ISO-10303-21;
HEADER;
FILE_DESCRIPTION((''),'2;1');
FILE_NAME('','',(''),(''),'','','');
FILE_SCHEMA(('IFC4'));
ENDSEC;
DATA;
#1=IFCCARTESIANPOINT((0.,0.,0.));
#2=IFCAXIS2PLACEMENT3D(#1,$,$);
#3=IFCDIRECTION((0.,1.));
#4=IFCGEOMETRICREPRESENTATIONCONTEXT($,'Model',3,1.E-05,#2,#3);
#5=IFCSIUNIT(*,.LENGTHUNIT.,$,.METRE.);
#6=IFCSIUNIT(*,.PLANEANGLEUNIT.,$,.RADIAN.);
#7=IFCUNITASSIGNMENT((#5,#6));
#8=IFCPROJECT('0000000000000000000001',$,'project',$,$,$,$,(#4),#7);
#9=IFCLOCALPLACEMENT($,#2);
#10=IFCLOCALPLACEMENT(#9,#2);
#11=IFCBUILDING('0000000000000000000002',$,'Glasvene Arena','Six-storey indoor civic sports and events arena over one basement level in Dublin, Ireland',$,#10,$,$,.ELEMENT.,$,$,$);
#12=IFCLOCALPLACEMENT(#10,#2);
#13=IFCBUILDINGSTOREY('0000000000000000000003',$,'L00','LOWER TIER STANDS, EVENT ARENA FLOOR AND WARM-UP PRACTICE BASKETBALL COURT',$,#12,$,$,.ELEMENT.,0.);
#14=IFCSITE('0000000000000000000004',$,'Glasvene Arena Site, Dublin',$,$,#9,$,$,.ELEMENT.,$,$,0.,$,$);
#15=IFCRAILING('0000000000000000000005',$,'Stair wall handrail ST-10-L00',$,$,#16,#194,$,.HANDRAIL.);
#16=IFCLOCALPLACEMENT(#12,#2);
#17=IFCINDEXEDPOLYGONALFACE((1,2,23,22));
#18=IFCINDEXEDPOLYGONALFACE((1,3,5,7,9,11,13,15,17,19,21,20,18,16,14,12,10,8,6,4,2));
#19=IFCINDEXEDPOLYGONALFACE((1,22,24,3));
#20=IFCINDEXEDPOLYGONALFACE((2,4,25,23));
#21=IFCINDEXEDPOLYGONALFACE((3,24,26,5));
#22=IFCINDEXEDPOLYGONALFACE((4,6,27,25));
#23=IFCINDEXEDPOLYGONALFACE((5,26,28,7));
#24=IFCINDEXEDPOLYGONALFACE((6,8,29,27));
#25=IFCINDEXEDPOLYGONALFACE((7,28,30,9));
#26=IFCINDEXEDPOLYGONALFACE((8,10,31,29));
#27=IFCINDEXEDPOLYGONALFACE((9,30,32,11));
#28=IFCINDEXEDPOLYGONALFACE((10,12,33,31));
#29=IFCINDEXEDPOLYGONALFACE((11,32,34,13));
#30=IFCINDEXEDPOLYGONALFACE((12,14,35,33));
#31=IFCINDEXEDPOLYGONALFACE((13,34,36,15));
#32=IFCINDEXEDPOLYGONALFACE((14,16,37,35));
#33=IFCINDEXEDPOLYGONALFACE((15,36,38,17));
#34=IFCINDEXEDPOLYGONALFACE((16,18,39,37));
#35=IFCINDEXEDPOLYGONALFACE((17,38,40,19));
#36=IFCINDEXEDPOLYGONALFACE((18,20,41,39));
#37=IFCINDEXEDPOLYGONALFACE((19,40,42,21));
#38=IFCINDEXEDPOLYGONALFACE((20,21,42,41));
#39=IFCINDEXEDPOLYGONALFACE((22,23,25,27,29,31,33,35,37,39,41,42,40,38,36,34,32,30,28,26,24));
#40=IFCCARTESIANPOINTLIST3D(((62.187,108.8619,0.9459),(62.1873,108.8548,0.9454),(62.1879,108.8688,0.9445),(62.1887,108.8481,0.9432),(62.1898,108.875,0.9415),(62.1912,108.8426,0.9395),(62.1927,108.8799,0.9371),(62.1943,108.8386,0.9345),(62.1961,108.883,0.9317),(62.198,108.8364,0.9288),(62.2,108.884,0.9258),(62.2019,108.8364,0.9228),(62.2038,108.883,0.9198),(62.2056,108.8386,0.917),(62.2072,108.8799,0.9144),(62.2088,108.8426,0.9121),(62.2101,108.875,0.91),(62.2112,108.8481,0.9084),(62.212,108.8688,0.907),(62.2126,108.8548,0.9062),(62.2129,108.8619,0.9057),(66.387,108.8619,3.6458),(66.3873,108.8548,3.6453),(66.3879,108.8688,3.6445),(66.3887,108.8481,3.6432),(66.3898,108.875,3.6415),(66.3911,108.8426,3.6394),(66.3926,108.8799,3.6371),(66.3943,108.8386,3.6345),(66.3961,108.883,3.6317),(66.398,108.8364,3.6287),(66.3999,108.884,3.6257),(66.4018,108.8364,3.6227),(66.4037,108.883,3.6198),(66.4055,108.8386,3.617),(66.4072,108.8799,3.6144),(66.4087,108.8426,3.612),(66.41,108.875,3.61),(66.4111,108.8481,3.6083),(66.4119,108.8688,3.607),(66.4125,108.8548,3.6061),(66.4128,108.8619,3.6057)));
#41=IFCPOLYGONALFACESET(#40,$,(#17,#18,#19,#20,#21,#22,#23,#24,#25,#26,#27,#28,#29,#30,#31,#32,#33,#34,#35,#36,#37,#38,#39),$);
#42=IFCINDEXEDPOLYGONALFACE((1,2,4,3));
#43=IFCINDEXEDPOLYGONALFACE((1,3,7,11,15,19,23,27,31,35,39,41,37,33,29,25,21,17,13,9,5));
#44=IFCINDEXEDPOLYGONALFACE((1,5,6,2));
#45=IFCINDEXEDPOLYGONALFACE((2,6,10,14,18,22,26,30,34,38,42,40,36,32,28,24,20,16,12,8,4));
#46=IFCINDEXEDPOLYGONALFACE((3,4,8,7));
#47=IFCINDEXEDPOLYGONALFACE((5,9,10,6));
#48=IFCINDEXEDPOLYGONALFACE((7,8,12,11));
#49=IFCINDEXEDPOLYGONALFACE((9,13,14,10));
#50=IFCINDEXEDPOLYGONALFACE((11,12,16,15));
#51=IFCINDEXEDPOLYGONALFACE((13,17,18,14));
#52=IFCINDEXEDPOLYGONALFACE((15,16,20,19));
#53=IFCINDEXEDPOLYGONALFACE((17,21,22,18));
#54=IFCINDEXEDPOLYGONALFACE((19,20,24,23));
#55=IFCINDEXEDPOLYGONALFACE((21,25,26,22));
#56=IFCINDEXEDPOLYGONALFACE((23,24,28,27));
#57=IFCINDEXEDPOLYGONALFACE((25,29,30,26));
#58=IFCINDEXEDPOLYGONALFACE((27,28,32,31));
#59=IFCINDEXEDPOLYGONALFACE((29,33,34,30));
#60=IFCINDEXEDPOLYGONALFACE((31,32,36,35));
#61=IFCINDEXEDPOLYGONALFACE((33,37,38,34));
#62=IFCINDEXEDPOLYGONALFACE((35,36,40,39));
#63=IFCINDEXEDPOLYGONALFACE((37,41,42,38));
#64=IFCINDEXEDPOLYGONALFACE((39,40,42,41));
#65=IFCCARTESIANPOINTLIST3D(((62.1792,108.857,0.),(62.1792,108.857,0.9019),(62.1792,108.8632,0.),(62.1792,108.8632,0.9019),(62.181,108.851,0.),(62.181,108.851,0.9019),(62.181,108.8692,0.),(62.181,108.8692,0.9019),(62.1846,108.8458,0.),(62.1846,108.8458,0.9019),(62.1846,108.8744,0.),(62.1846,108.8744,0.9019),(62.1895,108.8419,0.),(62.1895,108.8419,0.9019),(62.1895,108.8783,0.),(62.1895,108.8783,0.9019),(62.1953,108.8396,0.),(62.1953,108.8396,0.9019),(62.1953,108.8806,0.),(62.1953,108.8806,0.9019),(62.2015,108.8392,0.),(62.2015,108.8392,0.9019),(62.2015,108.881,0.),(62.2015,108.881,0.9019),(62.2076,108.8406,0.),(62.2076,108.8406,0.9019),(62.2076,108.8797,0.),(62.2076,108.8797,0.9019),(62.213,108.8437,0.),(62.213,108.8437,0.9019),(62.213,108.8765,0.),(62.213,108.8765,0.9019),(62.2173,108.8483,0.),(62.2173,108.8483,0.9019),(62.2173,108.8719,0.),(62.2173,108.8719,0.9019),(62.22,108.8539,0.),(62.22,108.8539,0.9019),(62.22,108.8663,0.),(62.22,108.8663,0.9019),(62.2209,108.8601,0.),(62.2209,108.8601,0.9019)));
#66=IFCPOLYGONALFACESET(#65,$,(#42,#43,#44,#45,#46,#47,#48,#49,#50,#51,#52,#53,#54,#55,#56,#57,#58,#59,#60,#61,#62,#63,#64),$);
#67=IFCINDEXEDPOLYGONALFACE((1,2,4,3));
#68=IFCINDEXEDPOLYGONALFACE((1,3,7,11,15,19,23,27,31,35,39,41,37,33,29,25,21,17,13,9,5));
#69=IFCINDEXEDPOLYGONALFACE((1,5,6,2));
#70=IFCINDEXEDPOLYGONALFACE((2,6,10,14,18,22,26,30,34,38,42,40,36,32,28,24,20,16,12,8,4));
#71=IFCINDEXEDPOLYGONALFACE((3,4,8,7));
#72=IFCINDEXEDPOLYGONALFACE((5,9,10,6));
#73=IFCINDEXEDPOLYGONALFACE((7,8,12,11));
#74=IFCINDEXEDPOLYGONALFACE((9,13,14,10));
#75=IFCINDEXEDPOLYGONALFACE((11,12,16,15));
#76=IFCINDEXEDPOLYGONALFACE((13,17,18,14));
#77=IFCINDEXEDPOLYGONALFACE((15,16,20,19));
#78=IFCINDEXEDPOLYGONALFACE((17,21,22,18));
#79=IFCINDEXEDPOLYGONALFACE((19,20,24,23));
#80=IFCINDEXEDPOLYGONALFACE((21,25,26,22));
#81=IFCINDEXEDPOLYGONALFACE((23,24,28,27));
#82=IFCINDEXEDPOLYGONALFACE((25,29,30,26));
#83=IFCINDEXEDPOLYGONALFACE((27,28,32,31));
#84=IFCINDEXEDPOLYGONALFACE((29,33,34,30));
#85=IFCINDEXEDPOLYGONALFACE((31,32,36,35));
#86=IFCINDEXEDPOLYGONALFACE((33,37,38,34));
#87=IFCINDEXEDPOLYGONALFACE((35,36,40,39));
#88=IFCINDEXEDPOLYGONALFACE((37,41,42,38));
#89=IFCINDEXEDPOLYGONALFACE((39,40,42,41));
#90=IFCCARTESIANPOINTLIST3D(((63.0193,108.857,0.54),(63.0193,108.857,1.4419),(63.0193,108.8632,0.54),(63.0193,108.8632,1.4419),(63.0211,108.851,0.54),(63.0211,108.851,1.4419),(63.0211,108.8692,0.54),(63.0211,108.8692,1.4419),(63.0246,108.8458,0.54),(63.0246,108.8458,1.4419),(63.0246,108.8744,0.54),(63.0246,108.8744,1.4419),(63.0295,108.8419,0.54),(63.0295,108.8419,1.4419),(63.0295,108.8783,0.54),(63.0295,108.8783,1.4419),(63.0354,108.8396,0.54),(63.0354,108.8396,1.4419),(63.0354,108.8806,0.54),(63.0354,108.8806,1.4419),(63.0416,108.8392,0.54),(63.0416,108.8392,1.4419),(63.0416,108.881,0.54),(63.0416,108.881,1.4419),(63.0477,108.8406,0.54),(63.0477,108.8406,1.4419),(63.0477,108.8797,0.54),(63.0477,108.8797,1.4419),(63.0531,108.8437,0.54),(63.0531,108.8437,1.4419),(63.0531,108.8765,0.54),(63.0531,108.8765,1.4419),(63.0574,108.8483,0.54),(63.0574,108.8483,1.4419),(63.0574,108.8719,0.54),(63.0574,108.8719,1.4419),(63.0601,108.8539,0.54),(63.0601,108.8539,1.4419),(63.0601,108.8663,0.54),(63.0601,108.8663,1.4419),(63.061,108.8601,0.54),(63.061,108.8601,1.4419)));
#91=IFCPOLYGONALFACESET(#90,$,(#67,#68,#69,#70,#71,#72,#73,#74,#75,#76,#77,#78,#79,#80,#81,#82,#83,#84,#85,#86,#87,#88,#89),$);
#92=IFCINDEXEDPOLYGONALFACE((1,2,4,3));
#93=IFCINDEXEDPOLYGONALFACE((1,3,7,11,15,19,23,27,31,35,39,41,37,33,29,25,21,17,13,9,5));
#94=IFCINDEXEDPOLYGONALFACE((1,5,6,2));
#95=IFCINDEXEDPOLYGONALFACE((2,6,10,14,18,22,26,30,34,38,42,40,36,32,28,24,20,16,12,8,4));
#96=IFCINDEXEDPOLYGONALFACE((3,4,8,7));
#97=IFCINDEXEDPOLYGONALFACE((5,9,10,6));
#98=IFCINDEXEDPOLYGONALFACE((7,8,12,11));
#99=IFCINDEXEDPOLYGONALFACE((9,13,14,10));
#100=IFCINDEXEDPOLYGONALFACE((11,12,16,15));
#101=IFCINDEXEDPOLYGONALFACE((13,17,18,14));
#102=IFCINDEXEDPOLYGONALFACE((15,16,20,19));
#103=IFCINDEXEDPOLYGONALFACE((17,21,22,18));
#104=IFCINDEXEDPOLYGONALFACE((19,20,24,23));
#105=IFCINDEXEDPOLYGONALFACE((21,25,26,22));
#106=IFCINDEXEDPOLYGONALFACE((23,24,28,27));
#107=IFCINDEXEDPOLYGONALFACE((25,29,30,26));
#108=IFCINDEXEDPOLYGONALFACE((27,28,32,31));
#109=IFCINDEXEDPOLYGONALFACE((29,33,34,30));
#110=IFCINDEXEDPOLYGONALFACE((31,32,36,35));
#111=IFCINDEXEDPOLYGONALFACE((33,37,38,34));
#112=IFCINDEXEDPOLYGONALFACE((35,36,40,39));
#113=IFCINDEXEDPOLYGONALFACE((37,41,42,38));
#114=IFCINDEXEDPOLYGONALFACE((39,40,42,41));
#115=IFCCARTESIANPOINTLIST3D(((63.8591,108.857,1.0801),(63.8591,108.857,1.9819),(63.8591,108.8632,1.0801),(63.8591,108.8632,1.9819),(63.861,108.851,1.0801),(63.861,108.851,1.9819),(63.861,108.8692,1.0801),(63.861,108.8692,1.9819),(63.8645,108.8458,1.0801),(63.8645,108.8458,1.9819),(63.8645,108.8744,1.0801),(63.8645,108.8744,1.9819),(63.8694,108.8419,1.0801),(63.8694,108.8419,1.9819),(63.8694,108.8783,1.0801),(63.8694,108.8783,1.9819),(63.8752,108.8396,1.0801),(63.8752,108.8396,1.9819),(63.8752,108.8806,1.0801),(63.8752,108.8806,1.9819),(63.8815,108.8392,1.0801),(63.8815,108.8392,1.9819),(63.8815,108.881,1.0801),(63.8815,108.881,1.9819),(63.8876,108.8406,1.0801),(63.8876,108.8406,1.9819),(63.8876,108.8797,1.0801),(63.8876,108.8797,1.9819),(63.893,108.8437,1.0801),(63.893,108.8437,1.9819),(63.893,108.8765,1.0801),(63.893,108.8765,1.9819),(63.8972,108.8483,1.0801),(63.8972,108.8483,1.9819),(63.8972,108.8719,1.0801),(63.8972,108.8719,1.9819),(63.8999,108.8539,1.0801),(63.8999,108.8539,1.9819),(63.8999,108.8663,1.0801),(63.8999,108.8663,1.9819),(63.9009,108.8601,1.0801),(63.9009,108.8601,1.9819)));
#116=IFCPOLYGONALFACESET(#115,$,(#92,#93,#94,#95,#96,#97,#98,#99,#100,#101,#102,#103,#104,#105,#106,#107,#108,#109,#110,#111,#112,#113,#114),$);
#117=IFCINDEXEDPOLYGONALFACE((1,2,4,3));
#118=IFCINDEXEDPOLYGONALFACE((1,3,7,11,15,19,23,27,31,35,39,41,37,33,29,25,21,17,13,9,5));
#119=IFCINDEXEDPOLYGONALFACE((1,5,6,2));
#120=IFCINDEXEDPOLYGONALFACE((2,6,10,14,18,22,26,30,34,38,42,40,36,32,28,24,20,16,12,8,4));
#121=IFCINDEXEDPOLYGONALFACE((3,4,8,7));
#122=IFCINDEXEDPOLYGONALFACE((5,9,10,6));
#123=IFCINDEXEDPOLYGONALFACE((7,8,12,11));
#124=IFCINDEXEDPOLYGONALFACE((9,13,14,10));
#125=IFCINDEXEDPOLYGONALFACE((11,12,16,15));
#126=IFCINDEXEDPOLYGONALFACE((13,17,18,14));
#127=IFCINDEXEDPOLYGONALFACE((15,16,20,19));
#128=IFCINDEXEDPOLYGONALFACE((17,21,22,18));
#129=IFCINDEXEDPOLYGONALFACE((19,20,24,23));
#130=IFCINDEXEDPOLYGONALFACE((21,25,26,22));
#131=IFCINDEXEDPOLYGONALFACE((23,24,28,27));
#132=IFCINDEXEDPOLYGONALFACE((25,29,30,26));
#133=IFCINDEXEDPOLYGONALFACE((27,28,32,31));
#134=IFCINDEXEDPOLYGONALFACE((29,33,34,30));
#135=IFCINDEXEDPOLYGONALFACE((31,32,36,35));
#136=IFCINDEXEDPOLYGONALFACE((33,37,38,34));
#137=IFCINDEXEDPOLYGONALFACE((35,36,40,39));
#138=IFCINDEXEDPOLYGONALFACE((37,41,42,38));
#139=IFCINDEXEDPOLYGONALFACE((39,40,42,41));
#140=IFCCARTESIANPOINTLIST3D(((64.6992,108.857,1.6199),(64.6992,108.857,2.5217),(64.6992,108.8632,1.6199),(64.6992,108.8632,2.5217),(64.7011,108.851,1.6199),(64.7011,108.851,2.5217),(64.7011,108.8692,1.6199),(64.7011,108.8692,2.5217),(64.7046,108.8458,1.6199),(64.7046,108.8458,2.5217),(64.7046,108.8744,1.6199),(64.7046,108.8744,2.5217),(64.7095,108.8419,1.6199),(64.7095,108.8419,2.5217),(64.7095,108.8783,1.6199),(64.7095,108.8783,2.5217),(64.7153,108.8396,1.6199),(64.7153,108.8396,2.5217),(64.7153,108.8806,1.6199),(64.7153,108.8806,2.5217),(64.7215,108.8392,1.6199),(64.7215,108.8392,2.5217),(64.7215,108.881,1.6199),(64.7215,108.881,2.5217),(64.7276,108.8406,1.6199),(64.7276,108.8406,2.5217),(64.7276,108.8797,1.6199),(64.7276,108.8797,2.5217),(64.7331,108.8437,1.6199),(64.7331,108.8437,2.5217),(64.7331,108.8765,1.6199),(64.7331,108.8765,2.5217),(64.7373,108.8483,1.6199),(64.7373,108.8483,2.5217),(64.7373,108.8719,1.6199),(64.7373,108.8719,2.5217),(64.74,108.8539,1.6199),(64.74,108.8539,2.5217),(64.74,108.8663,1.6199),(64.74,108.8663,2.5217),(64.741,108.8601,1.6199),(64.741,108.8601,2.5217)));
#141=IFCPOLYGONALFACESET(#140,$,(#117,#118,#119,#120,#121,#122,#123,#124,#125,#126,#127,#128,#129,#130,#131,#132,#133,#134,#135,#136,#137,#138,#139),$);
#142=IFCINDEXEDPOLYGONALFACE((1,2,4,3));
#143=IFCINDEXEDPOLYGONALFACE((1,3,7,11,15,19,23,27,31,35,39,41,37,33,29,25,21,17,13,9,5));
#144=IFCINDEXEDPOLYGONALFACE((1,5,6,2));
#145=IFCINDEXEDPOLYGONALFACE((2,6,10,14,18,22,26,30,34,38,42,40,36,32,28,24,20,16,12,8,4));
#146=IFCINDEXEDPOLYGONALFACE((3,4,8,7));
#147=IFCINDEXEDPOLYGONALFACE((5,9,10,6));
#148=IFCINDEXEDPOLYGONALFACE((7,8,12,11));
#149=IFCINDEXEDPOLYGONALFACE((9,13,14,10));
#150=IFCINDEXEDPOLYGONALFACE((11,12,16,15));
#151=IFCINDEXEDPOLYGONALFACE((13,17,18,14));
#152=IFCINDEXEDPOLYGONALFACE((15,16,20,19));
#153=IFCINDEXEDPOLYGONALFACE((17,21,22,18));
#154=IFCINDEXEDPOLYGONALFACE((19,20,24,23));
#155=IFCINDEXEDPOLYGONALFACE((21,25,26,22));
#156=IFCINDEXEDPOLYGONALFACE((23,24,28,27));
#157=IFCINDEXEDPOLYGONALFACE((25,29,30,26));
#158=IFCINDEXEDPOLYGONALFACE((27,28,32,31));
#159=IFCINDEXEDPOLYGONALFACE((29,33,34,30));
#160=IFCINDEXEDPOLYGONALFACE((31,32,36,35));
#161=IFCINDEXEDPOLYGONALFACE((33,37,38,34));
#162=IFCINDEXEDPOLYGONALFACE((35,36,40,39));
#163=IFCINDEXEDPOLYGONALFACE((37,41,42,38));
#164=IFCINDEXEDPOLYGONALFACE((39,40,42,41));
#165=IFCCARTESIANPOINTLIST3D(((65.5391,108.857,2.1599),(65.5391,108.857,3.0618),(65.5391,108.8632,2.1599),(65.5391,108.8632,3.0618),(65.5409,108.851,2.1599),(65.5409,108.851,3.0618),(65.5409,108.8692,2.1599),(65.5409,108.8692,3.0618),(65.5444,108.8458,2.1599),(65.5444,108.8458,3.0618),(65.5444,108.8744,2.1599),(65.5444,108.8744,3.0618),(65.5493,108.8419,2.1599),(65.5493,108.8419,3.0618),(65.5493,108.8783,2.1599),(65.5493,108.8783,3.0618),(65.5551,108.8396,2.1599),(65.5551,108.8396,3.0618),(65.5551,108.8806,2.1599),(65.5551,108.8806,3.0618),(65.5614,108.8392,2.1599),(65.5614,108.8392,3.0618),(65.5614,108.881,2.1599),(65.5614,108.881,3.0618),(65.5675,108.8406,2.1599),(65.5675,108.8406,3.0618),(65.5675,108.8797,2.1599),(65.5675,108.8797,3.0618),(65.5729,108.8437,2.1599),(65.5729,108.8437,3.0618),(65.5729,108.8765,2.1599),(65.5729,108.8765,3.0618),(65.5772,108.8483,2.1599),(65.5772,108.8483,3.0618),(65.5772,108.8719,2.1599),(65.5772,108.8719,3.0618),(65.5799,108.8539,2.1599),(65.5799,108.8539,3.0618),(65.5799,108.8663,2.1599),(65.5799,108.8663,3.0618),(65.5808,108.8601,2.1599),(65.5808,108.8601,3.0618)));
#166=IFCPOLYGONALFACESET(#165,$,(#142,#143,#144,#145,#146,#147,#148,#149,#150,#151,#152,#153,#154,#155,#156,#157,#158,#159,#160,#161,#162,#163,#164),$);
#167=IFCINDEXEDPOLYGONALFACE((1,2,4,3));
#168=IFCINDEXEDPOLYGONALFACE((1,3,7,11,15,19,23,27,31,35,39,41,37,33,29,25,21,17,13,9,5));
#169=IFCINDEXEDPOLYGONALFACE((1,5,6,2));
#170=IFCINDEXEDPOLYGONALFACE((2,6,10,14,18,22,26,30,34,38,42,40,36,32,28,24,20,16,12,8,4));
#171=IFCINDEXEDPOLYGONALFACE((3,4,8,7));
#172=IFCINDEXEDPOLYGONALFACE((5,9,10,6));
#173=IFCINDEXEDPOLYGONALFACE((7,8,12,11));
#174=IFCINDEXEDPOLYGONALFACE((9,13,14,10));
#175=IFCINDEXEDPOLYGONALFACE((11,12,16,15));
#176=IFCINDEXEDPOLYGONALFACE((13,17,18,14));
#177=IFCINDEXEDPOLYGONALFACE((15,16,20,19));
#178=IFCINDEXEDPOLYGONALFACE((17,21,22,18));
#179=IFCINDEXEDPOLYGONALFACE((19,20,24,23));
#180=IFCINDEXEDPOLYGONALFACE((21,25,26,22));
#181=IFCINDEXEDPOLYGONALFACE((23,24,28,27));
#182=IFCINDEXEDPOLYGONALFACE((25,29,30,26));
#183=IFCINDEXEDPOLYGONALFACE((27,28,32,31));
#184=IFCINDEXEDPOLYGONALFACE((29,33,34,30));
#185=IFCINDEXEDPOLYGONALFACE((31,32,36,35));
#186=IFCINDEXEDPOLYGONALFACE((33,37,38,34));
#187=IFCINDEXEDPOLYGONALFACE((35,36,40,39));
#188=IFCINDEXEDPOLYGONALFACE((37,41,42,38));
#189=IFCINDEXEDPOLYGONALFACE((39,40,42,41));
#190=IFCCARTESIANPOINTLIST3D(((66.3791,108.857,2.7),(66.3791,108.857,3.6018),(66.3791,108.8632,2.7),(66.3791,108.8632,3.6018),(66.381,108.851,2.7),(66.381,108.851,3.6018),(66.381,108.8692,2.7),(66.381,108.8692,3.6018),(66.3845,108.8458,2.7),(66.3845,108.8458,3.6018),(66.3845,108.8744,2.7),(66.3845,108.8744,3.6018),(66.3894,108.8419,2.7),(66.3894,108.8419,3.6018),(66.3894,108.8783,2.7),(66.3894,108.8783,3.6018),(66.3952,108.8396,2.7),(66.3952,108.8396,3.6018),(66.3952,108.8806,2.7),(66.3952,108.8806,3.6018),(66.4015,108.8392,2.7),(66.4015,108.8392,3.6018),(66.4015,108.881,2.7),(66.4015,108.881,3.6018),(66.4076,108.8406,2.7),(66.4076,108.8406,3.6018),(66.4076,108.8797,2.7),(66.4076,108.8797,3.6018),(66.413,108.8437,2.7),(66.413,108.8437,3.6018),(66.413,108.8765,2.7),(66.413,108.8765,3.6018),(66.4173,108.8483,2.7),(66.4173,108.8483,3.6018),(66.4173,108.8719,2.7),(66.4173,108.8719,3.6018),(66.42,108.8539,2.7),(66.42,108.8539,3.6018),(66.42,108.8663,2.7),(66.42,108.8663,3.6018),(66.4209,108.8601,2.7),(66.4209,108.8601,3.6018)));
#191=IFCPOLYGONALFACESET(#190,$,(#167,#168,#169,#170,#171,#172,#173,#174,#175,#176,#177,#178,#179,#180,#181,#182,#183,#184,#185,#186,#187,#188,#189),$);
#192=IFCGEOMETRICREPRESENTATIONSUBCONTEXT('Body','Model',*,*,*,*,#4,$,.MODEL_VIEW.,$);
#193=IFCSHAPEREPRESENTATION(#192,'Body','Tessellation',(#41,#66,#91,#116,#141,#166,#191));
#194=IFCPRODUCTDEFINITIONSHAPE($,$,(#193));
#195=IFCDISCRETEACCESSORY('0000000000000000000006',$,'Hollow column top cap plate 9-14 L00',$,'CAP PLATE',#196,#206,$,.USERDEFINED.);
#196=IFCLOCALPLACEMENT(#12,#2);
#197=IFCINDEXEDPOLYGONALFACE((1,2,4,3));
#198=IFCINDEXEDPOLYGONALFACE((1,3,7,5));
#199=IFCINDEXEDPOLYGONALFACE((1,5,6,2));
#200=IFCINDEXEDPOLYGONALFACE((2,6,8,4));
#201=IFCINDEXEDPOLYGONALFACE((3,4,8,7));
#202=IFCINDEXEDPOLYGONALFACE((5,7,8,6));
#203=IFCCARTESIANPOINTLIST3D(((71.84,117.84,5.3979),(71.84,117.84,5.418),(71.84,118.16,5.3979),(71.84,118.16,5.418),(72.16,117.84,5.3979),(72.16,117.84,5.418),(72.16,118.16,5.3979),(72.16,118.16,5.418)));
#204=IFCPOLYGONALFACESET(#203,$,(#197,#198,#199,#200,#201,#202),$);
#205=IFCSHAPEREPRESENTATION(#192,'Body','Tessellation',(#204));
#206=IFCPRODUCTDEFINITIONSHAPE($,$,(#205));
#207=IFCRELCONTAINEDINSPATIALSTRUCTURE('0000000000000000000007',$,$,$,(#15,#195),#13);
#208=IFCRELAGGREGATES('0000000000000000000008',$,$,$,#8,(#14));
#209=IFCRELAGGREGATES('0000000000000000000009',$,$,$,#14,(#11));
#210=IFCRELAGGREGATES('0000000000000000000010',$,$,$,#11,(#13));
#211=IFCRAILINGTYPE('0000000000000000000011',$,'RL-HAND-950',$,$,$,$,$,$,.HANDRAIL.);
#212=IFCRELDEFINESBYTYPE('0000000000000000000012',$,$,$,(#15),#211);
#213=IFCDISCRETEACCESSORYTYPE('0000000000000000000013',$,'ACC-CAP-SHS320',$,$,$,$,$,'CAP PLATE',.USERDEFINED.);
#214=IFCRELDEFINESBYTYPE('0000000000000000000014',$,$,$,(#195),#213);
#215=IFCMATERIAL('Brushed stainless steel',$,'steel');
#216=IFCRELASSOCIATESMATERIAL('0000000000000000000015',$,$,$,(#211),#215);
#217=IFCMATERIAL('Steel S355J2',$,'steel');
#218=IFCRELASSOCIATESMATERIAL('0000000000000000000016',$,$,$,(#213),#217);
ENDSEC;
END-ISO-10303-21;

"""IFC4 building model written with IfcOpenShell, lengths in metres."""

from ifc_helpers import new_model, si_unit, direction, frame, origin, origin_2d, place, context, subcontext, project, spatial, rectangle, circle, extrude, material, type_object, element, save


model = new_model("IFC4")

# Units and contexts
model_context = context("Model", 3, precision=1e-05, world=origin(), true_north=direction((0.0, 1.0)))
body_context = subcontext(model_context, "Body", "Model", "MODEL_VIEW")
ifc_project = project(units=[si_unit("LENGTHUNIT", "METRE"), si_unit("PLANEANGLEUNIT", "RADIAN")], contexts=[model_context])

# Site, building, storey
site_placement = place(None, origin())
site = spatial("IfcSite", under=ifc_project, at=site_placement, Name="Glasvene Arena Site, Dublin", CompositionType="ELEMENT", RefElevation=0.0)
building_placement = place(site_placement, origin())
building = spatial("IfcBuilding", under=site, at=building_placement, Name="Glasvene Arena", Description="Six-storey indoor civic sports and events arena over one basement level in Dublin, Ireland", CompositionType="ELEMENT")
storey_placement = place(building_placement, origin())
storey = spatial("IfcBuildingStorey", under=building, at=storey_placement, Name="L00", Description="LOWER TIER STANDS, EVENT ARENA FLOOR AND WARM-UP PRACTICE BASKETBALL COURT", CompositionType="ELEMENT", Elevation=0.0)

# Shared definitions
ifc_material_1 = material(Name="Steel S355J2", Category="steel")

# Railing
ifc_material_2 = material(Name="Brushed stainless steel", Category="steel")
railing_type_1 = type_object("IfcRailingType", Name="RL-HAND-950", PredefinedType="HANDRAIL", material=ifc_material_2)
railing_1_placement = place(storey_placement, frame((62.2, 108.8601, 0.0)))
element("IfcRailing", 1, at=railing_1_placement, inside=storey, type_object=railing_type_1, Name="Stair wall handrail ST-10-L00", PredefinedType="HANDRAIL", context=body_context, shape_type="SweptSolid", body=[
    extrude(circle(Radius=0.0239, at=origin_2d()), frame((0.0, 0.0, 0.9258), z_axis=(0.84118, 0.0, 0.540755), x_axis=(0.0, 1.0, 0.0)), (0.0, 0.0, 1.0), 4.9929),
    extrude(circle(Radius=0.021, at=origin_2d()), origin(), (0.0, 0.0, 1.0), 0.9019),
    extrude(circle(Radius=0.021, at=origin_2d()), frame((0.8401, 0.0, 0.54)), (0.0, 0.0, 1.0), 0.9019),
    extrude(circle(Radius=0.021, at=origin_2d()), frame((1.6799, 0.0, 1.0801)), (0.0, 0.0, 1.0), 0.9019),
    extrude(circle(Radius=0.021, at=origin_2d()), frame((2.52, 0.0, 1.6199)), (0.0, 0.0, 1.0), 0.9019),
    extrude(circle(Radius=0.021, at=origin_2d()), frame((3.3599, 0.0, 2.1599)), (0.0, 0.0, 1.0), 0.9019),
    extrude(circle(Radius=0.021, at=origin_2d()), frame((4.2, 0.0, 2.7)), (0.0, 0.0, 1.0), 0.9019),
])

# Discrete accessory
discrete_accessory_type = type_object("IfcDiscreteAccessoryType", Name="ACC-CAP-SHS320", ElementType="CAP PLATE", PredefinedType="USERDEFINED", material=ifc_material_1)
discrete_accessory_placement = place(storey_placement, frame((72.0, 118.0, 5.3979), z_axis=(0.0, 0.0, 1.0), x_axis=(1.0, 0.0, 0.0)))
element("IfcDiscreteAccessory", 2, at=discrete_accessory_placement, inside=storey, type_object=discrete_accessory_type, Name="Hollow column top cap plate 9-14 L00", ObjectType="CAP PLATE", PredefinedType="USERDEFINED", context=body_context, shape_type="SweptSolid", body=[
    extrude(rectangle(XDim=0.3201, YDim=0.3201, at=origin_2d()), origin(), (0.0, 0.0, 1.0), 0.02),
])

save(model, "model.ifc")
